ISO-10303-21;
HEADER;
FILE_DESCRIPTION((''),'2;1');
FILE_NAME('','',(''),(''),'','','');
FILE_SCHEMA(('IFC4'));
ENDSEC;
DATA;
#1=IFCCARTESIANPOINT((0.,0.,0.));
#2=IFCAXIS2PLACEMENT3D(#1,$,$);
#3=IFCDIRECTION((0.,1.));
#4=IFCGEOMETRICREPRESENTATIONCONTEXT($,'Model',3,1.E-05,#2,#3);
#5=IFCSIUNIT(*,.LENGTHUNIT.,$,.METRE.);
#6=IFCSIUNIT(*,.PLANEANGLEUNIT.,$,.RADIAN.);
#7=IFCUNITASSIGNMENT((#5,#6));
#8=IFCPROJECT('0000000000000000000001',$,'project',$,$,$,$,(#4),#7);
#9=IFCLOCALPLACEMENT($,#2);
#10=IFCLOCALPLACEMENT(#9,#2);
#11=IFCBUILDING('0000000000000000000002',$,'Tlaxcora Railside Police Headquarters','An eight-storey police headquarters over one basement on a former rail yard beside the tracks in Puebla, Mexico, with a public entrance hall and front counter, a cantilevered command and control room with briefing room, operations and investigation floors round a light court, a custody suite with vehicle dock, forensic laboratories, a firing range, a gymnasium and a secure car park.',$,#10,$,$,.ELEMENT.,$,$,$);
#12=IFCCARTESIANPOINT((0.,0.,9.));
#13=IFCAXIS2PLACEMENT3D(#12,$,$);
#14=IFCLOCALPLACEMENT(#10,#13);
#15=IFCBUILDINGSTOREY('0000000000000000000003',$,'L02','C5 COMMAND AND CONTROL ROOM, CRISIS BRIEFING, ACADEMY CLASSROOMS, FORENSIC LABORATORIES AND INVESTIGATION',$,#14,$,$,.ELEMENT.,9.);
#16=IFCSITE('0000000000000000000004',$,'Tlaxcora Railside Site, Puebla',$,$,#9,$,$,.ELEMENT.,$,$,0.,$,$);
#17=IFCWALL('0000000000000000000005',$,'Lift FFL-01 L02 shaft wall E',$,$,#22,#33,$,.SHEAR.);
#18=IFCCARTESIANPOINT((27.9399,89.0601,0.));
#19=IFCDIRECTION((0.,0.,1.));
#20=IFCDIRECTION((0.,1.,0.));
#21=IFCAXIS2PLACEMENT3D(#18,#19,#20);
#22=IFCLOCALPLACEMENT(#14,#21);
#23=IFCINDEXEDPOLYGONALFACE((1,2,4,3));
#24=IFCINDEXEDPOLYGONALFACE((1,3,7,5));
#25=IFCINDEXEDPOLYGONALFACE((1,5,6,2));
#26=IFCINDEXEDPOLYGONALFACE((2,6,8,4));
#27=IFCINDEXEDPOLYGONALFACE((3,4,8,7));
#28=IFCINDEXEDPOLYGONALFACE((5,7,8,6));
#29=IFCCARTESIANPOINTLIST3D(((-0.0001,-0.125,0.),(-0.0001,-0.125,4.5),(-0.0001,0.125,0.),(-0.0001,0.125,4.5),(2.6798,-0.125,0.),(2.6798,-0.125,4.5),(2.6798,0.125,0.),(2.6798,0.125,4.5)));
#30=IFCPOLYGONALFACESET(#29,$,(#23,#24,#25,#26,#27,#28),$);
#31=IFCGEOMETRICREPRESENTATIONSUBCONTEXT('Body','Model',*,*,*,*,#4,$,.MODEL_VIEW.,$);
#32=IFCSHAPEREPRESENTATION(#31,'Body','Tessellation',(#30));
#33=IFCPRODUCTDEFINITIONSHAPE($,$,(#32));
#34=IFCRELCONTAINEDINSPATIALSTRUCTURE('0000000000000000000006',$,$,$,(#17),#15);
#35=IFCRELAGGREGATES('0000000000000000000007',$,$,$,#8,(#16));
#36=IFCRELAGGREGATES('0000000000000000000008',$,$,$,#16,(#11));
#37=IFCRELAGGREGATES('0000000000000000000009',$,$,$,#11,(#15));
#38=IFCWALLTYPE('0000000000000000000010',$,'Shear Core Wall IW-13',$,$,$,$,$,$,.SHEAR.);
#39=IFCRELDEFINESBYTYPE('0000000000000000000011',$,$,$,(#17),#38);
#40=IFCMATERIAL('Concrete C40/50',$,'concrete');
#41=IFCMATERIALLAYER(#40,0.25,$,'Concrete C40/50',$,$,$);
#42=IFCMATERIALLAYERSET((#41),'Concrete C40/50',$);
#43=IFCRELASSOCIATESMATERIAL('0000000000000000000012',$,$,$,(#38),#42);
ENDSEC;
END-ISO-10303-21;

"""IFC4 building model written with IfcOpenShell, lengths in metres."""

from ifc_helpers import new_model, si_unit, direction, frame, frame_2d, origin, place, context, subcontext, project, spatial, rectangle, extrude, material, layer, layer_set, type_object, element, save


model = new_model("IFC4")

# Units and contexts
model_context = context("Model", 3, precision=1e-05, world=origin(), true_north=direction((0.0, 1.0)))
body_context = subcontext(model_context, "Body", "Model", "MODEL_VIEW")
ifc_project = project(units=[si_unit("LENGTHUNIT", "METRE"), si_unit("PLANEANGLEUNIT", "RADIAN")], contexts=[model_context])

# Site, building, storey
site_placement = place(None, origin())
site = spatial("IfcSite", under=ifc_project, at=site_placement, Name="Tlaxcora Railside Site, Puebla", CompositionType="ELEMENT", RefElevation=0.0)
building_placement = place(site_placement, origin())
building = spatial("IfcBuilding", under=site, at=building_placement, Name="Tlaxcora Railside Police Headquarters", Description="An eight-storey police headquarters over one basement on a former rail yard beside the tracks in Puebla, Mexico, with a public entrance hall and front counter, a cantilevered command and control room with briefing room, operations and investigation floors round a light court, a custody suite with vehicle dock, forensic laboratories, a firing range, a gymnasium and a secure car park.", CompositionType="ELEMENT")
storey_placement = place(building_placement, frame((0.0, 0.0, 9.0)))
storey = spatial("IfcBuildingStorey", under=building, at=storey_placement, Name="L02", Description="C5 COMMAND AND CONTROL ROOM, CRISIS BRIEFING, ACADEMY CLASSROOMS, FORENSIC LABORATORIES AND INVESTIGATION", CompositionType="ELEMENT", Elevation=9.0)

# Shared definitions
ifc_material_1 = material(Name="Concrete C40/50", Category="concrete")

# Wall
ifc_layer_1 = layer(ifc_material_1, 0.25, Name="Concrete C40/50")
ifc_layer_set_1 = layer_set([ifc_layer_1], Name="Concrete C40/50")
wall_type_1 = type_object("IfcWallType", Name="Shear Core Wall IW-13", PredefinedType="SHEAR", material=ifc_layer_set_1)
wall_1_placement = place(storey_placement, frame((27.9399, 89.0601, 0.0), z_axis=(0.0, 0.0, 1.0), x_axis=(0.0, 1.0, 0.0)))
element("IfcWall", 1, at=wall_1_placement, inside=storey, type_object=wall_type_1, Name="Lift FFL-01 L02 shaft wall E", PredefinedType="SHEAR", context=body_context, shape_type="SweptSolid", body=[
    extrude(rectangle(XDim=2.6799, YDim=0.25, at=frame_2d((1.3398, 0.0))), origin(), (0.0, 0.0, 1.0), 4.5),
])

save(model, "model.ifc")
